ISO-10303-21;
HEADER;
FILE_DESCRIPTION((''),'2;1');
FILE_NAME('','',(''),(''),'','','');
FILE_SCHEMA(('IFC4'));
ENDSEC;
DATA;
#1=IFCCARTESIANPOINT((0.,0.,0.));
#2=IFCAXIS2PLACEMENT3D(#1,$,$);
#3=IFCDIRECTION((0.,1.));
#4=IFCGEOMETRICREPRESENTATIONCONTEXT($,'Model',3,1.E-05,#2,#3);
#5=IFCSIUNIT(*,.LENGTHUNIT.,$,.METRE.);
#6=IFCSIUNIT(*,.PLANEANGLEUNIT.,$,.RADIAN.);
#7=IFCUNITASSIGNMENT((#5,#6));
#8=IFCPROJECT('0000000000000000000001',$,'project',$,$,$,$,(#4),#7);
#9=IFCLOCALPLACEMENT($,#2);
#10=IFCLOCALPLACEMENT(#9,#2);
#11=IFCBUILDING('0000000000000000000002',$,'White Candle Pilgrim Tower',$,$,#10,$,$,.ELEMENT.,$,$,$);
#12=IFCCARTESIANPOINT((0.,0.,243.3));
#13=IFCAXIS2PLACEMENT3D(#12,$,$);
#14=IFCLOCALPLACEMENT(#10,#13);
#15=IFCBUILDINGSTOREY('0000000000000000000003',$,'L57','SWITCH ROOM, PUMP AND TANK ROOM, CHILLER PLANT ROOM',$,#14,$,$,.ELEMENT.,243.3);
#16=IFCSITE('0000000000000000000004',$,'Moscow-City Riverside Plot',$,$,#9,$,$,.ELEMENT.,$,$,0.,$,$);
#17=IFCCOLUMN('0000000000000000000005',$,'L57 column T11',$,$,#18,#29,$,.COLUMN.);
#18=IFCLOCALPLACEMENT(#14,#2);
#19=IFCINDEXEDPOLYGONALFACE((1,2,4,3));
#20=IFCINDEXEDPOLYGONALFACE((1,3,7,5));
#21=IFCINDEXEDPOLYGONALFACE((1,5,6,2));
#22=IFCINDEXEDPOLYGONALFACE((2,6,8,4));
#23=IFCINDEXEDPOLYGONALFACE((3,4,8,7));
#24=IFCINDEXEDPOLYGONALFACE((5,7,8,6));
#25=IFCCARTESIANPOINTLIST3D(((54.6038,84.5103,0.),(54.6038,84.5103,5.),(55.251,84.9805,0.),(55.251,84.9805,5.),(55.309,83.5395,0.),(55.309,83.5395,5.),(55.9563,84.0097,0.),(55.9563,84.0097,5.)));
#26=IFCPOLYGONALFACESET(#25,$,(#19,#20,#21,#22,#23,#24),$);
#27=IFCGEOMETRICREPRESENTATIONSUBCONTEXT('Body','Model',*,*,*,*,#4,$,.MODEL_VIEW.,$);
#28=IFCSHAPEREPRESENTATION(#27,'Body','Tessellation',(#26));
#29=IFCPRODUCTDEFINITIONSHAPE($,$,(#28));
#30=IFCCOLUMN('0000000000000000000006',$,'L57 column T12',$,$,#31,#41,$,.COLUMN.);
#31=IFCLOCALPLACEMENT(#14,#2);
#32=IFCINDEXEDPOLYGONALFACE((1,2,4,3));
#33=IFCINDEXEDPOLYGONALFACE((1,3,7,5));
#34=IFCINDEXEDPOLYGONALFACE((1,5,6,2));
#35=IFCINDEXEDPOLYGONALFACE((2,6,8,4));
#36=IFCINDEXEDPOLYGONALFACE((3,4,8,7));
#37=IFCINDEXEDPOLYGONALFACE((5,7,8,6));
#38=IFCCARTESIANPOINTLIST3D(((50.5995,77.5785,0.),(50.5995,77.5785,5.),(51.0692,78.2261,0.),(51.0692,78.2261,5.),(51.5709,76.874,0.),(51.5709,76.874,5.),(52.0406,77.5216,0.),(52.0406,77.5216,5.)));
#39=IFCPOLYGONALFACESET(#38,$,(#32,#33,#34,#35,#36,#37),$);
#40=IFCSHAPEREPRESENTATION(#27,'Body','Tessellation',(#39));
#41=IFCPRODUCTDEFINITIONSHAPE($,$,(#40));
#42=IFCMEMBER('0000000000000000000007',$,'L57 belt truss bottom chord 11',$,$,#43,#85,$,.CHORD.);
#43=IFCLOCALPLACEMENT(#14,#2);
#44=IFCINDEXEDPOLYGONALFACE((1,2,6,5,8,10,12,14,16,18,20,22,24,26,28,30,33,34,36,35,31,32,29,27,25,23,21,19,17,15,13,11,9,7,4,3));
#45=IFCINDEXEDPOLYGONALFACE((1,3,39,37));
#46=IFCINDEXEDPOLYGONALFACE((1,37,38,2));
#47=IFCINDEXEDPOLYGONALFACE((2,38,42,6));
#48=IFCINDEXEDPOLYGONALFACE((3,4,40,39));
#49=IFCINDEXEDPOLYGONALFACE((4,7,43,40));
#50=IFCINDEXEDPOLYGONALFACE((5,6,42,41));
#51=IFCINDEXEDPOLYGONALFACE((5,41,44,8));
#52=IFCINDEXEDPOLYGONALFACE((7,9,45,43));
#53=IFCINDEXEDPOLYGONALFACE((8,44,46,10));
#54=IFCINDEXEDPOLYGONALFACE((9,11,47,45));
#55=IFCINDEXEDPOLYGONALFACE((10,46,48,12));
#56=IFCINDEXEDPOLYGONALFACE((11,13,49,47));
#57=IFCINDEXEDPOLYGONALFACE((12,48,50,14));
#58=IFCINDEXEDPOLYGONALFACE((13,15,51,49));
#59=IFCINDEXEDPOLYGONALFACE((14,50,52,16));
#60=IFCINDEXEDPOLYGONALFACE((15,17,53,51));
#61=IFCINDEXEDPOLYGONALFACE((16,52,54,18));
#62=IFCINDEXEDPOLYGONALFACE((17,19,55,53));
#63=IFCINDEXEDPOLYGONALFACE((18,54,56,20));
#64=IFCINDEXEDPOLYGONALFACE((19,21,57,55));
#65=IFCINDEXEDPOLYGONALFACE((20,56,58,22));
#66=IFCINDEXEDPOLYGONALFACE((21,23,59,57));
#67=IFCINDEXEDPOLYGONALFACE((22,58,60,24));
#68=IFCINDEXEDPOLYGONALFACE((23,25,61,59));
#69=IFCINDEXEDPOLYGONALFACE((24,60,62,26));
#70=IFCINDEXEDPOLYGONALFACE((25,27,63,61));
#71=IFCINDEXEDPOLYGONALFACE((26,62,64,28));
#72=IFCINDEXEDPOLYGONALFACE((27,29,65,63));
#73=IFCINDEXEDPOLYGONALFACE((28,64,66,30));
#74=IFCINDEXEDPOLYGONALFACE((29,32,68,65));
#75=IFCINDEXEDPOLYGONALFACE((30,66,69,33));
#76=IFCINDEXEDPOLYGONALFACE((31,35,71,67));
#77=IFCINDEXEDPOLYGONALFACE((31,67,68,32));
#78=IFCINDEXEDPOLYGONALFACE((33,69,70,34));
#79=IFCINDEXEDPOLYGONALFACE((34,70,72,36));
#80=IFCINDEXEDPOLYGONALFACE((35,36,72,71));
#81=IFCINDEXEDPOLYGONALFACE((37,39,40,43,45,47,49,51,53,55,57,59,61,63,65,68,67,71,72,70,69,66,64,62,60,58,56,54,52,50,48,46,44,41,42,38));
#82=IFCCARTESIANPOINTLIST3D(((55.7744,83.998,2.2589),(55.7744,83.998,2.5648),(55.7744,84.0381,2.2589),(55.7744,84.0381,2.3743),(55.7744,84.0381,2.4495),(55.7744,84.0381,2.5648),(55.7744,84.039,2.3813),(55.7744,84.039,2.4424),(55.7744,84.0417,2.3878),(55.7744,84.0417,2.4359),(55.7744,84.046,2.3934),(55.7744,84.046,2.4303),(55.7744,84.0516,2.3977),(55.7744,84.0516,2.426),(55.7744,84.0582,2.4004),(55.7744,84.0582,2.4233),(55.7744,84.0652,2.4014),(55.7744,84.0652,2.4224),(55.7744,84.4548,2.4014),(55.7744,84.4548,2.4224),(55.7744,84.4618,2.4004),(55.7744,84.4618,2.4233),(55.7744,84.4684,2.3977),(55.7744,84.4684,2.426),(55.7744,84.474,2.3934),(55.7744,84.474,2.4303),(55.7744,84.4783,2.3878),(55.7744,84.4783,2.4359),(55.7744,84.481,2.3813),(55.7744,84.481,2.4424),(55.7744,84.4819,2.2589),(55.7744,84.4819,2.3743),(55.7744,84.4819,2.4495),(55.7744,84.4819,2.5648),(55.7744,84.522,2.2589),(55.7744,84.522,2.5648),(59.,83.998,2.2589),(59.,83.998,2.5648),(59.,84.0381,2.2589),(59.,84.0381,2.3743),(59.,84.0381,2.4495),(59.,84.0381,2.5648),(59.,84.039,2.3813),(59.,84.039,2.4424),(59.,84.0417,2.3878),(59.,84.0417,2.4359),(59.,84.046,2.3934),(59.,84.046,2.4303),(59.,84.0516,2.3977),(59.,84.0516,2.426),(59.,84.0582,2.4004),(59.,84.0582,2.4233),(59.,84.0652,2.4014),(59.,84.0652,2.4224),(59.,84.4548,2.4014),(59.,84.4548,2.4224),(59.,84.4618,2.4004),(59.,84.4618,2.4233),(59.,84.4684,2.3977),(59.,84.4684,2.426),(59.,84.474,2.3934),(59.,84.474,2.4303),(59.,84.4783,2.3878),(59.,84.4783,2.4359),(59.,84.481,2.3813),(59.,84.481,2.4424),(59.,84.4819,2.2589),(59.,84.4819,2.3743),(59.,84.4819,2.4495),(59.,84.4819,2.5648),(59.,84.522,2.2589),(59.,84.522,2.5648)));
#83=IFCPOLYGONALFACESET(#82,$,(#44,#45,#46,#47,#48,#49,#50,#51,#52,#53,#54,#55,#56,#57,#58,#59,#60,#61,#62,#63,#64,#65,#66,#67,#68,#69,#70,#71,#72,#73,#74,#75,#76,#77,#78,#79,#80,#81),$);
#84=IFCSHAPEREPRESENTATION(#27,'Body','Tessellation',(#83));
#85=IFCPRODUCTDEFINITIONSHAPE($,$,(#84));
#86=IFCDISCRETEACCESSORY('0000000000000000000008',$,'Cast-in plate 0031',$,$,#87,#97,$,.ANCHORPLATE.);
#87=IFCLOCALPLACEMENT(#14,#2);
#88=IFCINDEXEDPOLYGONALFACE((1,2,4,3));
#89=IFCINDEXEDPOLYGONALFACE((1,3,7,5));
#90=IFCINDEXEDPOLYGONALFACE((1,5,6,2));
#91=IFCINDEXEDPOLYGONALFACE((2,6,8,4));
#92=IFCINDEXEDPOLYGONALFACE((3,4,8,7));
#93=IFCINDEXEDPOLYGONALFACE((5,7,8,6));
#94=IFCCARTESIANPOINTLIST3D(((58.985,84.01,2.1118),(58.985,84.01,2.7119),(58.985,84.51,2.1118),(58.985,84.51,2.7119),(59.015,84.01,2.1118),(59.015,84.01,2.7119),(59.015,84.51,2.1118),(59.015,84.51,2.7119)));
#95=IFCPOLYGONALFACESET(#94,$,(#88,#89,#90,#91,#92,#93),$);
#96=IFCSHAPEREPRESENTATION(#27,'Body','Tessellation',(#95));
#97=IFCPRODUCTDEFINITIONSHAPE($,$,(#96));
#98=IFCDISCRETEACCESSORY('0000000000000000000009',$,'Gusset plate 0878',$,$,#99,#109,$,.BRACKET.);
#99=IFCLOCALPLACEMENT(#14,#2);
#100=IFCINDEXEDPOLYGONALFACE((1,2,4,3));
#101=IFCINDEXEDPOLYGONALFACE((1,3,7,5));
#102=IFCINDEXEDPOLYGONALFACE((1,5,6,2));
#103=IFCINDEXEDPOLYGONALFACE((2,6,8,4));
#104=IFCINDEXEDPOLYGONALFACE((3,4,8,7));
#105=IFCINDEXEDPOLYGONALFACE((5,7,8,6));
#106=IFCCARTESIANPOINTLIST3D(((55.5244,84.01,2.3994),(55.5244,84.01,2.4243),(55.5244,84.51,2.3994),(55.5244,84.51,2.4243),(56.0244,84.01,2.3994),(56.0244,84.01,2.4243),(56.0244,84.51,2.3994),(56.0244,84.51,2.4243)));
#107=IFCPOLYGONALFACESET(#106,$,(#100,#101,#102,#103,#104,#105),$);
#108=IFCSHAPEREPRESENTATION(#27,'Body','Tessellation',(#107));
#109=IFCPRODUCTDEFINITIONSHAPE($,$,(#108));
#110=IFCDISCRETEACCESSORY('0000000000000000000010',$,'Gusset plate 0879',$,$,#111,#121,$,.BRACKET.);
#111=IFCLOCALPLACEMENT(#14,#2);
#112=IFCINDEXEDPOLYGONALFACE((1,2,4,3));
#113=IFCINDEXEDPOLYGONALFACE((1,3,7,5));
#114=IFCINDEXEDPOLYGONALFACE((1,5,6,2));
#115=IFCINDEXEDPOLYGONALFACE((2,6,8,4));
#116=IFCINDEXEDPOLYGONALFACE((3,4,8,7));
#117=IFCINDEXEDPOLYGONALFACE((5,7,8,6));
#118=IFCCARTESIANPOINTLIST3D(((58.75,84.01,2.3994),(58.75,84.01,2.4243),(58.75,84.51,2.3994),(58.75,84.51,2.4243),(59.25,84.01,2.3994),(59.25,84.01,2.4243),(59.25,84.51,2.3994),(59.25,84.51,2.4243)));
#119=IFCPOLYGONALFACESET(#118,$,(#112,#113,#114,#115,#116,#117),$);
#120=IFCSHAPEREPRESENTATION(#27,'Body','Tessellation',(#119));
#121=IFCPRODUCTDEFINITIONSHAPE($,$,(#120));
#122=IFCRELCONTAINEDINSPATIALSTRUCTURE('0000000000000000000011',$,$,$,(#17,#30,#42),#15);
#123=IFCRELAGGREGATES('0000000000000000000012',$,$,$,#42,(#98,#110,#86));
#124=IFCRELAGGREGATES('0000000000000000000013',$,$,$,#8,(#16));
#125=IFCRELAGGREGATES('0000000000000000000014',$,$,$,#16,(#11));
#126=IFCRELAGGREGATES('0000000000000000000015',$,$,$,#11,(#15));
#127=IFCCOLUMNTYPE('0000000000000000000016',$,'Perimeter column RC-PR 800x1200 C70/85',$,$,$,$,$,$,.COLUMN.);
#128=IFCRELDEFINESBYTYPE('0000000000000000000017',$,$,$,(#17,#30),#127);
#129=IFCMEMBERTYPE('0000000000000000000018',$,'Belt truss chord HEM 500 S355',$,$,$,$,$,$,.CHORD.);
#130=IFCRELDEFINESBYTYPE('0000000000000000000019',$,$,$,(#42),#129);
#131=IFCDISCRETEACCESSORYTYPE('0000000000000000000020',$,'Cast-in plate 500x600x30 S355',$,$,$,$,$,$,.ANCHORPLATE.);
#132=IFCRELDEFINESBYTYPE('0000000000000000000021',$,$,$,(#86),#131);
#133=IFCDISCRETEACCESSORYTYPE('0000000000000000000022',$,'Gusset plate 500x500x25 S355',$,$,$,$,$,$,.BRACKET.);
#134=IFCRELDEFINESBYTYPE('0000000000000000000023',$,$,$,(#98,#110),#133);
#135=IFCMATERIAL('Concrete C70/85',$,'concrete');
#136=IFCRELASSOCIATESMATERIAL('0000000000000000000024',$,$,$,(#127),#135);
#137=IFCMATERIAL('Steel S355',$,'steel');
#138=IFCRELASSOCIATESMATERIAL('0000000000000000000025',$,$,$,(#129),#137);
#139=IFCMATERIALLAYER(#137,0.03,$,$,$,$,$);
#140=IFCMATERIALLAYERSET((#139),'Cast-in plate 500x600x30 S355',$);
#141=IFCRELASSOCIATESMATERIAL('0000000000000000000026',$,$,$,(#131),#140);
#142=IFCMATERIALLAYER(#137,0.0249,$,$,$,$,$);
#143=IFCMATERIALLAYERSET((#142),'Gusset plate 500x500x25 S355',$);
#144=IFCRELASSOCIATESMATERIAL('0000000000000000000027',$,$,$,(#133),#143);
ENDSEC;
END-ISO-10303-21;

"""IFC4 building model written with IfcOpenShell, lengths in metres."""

from ifc_helpers import new_model, si_unit, direction, frame, origin, origin_2d, place, context, subcontext, project, spatial, rectangle, i_section, extrude, material, layer, layer_set, material_profile, profile_set, type_object, element, aggregate, save


model = new_model("IFC4")

# Units and contexts
model_context = context("Model", 3, precision=1e-05, world=origin(), true_north=direction((0.0, 1.0)))
body_context = subcontext(model_context, "Body", "Model", "MODEL_VIEW")
ifc_project = project(units=[si_unit("LENGTHUNIT", "METRE"), si_unit("PLANEANGLEUNIT", "RADIAN")], contexts=[model_context])

# Site, building, storey
site_placement = place(None, origin())
site = spatial("IfcSite", under=ifc_project, at=site_placement, Name="Moscow-City Riverside Plot", CompositionType="ELEMENT", RefElevation=0.0)
building_placement = place(site_placement, origin())
building = spatial("IfcBuilding", under=site, at=building_placement, Name="White Candle Pilgrim Tower", CompositionType="ELEMENT")
storey_placement = place(building_placement, frame((0.0, 0.0, 243.3)))
storey = spatial("IfcBuildingStorey", under=building, at=storey_placement, Name="L57", Description="SWITCH ROOM, PUMP AND TANK ROOM, CHILLER PLANT ROOM", CompositionType="ELEMENT", Elevation=243.3)

# Columns
ifc_material_1 = material(Name="Concrete C70/85", Category="concrete")
ifc_material_profile_1 = material_profile(ifc_material_1, rectangle(XDim=0.8, YDim=1.2, at=origin_2d()), Name="RC-PR 800x1200")
ifc_profile_set_1 = profile_set([ifc_material_profile_1], Name="Concrete C70/85")
column_type = type_object("IfcColumnType", Name="Perimeter column RC-PR 800x1200 C70/85", PredefinedType="COLUMN", material=ifc_profile_set_1)
for number, where, z_axis, x_axis, name in (
    (1, (55.28, 84.26, 0.0), (0.0, 0.0, 1.0), (0.809027, 0.587771, 0.0), "L57 column T11"),
    (2, (51.3201, 77.55, 0.0), (0.0, 0.0, 1.0), (0.587107, 0.809509, 0.0), "L57 column T12"),
):
    element("IfcColumn", number, at=place(storey_placement, frame(where, z_axis=z_axis, x_axis=x_axis)), inside=storey, type_object=column_type, Name=name, PredefinedType="COLUMN", context=body_context, shape_type="SweptSolid", body=[
        extrude(rectangle(XDim=0.8, YDim=1.2, at=origin_2d()), origin(), (0.0, 0.0, 1.0), 5.0),
    ])

# Member
ifc_material_2 = material(Name="Steel S355", Category="steel")
ifc_material_profile_2 = material_profile(ifc_material_2, i_section(OverallWidth=0.3059, OverallDepth=0.5239, WebThickness=0.021, FlangeThickness=0.04, FilletRadius=0.0271, at=origin_2d()), Name="HEM 500")
ifc_profile_set_2 = profile_set([ifc_material_profile_2], Name="Steel S355")
member_type_1 = type_object("IfcMemberType", Name="Belt truss chord HEM 500 S355", PredefinedType="CHORD", material=ifc_profile_set_2)
member_1_placement = place(storey_placement, frame((55.7744, 84.26, 2.4119), z_axis=(1.0, 0.0, 0.0), x_axis=(0.0, 0.0, 1.0)))
member_1 = element("IfcMember", 3, at=member_1_placement, inside=storey, type_object=member_type_1, Name="L57 belt truss bottom chord 11", PredefinedType="CHORD", context=body_context, shape_type="SweptSolid", body=[
    extrude(i_section(OverallWidth=0.3059, OverallDepth=0.5239, WebThickness=0.021, FlangeThickness=0.04, FilletRadius=0.0271, at=origin_2d()), origin(), (0.0, 0.0, 1.0), 3.2256),
])

# Discrete accessories
ifc_layer_1 = layer(ifc_material_2, 0.03)
ifc_layer_set_1 = layer_set([ifc_layer_1], Name="Cast-in plate 500x600x30 S355")
discrete_accessory_type_1 = type_object("IfcDiscreteAccessoryType", Name="Cast-in plate 500x600x30 S355", PredefinedType="ANCHORPLATE", material=ifc_layer_set_1)
discrete_accessory_1_placement = place(storey_placement, frame((59.0, 84.26, 2.1118), z_axis=(0.0, 0.0, 1.0), x_axis=(-1.0, 0.0, 0.0)))
discrete_accessory_1 = element("IfcDiscreteAccessory", 4, at=discrete_accessory_1_placement, type_object=discrete_accessory_type_1, Name="Cast-in plate 0031", PredefinedType="ANCHORPLATE", context=body_context, shape_type="SweptSolid", body=[
    extrude(rectangle(XDim=0.03, YDim=0.5, at=origin_2d()), origin(), (0.0, 0.0, 1.0), 0.6001),
])
ifc_layer_2 = layer(ifc_material_2, 0.0249)
ifc_layer_set_2 = layer_set([ifc_layer_2], Name="Gusset plate 500x500x25 S355")
discrete_accessory_type_2 = type_object("IfcDiscreteAccessoryType", Name="Gusset plate 500x500x25 S355", PredefinedType="BRACKET", material=ifc_layer_set_2)
discrete_accessory_2_placement = place(storey_placement, frame((55.7744, 84.26, 2.3994), z_axis=(0.0, 0.0, 1.0), x_axis=(1.0, 0.0, 0.0)))
discrete_accessory_2 = element("IfcDiscreteAccessory", 5, at=discrete_accessory_2_placement, type_object=discrete_accessory_type_2, Name="Gusset plate 0878", PredefinedType="BRACKET", context=body_context, shape_type="SweptSolid", body=[
    extrude(rectangle(XDim=0.5, YDim=0.5, at=origin_2d()), origin(), (0.0, 0.0, 1.0), 0.0249),
])
discrete_accessory_3_placement = place(storey_placement, frame((59.0, 84.26, 2.3994), z_axis=(0.0, 0.0, 1.0), x_axis=(1.0, 0.0, 0.0)))
discrete_accessory_3 = element("IfcDiscreteAccessory", 6, at=discrete_accessory_3_placement, type_object=discrete_accessory_type_2, Name="Gusset plate 0879", PredefinedType="BRACKET", context=body_context, shape_type="SweptSolid", body=[
    extrude(rectangle(XDim=0.5, YDim=0.5, at=origin_2d()), origin(), (0.0, 0.0, 1.0), 0.0249),
])
aggregate(member_1, [discrete_accessory_2, discrete_accessory_3, discrete_accessory_1])

save(model, "model.ifc")
